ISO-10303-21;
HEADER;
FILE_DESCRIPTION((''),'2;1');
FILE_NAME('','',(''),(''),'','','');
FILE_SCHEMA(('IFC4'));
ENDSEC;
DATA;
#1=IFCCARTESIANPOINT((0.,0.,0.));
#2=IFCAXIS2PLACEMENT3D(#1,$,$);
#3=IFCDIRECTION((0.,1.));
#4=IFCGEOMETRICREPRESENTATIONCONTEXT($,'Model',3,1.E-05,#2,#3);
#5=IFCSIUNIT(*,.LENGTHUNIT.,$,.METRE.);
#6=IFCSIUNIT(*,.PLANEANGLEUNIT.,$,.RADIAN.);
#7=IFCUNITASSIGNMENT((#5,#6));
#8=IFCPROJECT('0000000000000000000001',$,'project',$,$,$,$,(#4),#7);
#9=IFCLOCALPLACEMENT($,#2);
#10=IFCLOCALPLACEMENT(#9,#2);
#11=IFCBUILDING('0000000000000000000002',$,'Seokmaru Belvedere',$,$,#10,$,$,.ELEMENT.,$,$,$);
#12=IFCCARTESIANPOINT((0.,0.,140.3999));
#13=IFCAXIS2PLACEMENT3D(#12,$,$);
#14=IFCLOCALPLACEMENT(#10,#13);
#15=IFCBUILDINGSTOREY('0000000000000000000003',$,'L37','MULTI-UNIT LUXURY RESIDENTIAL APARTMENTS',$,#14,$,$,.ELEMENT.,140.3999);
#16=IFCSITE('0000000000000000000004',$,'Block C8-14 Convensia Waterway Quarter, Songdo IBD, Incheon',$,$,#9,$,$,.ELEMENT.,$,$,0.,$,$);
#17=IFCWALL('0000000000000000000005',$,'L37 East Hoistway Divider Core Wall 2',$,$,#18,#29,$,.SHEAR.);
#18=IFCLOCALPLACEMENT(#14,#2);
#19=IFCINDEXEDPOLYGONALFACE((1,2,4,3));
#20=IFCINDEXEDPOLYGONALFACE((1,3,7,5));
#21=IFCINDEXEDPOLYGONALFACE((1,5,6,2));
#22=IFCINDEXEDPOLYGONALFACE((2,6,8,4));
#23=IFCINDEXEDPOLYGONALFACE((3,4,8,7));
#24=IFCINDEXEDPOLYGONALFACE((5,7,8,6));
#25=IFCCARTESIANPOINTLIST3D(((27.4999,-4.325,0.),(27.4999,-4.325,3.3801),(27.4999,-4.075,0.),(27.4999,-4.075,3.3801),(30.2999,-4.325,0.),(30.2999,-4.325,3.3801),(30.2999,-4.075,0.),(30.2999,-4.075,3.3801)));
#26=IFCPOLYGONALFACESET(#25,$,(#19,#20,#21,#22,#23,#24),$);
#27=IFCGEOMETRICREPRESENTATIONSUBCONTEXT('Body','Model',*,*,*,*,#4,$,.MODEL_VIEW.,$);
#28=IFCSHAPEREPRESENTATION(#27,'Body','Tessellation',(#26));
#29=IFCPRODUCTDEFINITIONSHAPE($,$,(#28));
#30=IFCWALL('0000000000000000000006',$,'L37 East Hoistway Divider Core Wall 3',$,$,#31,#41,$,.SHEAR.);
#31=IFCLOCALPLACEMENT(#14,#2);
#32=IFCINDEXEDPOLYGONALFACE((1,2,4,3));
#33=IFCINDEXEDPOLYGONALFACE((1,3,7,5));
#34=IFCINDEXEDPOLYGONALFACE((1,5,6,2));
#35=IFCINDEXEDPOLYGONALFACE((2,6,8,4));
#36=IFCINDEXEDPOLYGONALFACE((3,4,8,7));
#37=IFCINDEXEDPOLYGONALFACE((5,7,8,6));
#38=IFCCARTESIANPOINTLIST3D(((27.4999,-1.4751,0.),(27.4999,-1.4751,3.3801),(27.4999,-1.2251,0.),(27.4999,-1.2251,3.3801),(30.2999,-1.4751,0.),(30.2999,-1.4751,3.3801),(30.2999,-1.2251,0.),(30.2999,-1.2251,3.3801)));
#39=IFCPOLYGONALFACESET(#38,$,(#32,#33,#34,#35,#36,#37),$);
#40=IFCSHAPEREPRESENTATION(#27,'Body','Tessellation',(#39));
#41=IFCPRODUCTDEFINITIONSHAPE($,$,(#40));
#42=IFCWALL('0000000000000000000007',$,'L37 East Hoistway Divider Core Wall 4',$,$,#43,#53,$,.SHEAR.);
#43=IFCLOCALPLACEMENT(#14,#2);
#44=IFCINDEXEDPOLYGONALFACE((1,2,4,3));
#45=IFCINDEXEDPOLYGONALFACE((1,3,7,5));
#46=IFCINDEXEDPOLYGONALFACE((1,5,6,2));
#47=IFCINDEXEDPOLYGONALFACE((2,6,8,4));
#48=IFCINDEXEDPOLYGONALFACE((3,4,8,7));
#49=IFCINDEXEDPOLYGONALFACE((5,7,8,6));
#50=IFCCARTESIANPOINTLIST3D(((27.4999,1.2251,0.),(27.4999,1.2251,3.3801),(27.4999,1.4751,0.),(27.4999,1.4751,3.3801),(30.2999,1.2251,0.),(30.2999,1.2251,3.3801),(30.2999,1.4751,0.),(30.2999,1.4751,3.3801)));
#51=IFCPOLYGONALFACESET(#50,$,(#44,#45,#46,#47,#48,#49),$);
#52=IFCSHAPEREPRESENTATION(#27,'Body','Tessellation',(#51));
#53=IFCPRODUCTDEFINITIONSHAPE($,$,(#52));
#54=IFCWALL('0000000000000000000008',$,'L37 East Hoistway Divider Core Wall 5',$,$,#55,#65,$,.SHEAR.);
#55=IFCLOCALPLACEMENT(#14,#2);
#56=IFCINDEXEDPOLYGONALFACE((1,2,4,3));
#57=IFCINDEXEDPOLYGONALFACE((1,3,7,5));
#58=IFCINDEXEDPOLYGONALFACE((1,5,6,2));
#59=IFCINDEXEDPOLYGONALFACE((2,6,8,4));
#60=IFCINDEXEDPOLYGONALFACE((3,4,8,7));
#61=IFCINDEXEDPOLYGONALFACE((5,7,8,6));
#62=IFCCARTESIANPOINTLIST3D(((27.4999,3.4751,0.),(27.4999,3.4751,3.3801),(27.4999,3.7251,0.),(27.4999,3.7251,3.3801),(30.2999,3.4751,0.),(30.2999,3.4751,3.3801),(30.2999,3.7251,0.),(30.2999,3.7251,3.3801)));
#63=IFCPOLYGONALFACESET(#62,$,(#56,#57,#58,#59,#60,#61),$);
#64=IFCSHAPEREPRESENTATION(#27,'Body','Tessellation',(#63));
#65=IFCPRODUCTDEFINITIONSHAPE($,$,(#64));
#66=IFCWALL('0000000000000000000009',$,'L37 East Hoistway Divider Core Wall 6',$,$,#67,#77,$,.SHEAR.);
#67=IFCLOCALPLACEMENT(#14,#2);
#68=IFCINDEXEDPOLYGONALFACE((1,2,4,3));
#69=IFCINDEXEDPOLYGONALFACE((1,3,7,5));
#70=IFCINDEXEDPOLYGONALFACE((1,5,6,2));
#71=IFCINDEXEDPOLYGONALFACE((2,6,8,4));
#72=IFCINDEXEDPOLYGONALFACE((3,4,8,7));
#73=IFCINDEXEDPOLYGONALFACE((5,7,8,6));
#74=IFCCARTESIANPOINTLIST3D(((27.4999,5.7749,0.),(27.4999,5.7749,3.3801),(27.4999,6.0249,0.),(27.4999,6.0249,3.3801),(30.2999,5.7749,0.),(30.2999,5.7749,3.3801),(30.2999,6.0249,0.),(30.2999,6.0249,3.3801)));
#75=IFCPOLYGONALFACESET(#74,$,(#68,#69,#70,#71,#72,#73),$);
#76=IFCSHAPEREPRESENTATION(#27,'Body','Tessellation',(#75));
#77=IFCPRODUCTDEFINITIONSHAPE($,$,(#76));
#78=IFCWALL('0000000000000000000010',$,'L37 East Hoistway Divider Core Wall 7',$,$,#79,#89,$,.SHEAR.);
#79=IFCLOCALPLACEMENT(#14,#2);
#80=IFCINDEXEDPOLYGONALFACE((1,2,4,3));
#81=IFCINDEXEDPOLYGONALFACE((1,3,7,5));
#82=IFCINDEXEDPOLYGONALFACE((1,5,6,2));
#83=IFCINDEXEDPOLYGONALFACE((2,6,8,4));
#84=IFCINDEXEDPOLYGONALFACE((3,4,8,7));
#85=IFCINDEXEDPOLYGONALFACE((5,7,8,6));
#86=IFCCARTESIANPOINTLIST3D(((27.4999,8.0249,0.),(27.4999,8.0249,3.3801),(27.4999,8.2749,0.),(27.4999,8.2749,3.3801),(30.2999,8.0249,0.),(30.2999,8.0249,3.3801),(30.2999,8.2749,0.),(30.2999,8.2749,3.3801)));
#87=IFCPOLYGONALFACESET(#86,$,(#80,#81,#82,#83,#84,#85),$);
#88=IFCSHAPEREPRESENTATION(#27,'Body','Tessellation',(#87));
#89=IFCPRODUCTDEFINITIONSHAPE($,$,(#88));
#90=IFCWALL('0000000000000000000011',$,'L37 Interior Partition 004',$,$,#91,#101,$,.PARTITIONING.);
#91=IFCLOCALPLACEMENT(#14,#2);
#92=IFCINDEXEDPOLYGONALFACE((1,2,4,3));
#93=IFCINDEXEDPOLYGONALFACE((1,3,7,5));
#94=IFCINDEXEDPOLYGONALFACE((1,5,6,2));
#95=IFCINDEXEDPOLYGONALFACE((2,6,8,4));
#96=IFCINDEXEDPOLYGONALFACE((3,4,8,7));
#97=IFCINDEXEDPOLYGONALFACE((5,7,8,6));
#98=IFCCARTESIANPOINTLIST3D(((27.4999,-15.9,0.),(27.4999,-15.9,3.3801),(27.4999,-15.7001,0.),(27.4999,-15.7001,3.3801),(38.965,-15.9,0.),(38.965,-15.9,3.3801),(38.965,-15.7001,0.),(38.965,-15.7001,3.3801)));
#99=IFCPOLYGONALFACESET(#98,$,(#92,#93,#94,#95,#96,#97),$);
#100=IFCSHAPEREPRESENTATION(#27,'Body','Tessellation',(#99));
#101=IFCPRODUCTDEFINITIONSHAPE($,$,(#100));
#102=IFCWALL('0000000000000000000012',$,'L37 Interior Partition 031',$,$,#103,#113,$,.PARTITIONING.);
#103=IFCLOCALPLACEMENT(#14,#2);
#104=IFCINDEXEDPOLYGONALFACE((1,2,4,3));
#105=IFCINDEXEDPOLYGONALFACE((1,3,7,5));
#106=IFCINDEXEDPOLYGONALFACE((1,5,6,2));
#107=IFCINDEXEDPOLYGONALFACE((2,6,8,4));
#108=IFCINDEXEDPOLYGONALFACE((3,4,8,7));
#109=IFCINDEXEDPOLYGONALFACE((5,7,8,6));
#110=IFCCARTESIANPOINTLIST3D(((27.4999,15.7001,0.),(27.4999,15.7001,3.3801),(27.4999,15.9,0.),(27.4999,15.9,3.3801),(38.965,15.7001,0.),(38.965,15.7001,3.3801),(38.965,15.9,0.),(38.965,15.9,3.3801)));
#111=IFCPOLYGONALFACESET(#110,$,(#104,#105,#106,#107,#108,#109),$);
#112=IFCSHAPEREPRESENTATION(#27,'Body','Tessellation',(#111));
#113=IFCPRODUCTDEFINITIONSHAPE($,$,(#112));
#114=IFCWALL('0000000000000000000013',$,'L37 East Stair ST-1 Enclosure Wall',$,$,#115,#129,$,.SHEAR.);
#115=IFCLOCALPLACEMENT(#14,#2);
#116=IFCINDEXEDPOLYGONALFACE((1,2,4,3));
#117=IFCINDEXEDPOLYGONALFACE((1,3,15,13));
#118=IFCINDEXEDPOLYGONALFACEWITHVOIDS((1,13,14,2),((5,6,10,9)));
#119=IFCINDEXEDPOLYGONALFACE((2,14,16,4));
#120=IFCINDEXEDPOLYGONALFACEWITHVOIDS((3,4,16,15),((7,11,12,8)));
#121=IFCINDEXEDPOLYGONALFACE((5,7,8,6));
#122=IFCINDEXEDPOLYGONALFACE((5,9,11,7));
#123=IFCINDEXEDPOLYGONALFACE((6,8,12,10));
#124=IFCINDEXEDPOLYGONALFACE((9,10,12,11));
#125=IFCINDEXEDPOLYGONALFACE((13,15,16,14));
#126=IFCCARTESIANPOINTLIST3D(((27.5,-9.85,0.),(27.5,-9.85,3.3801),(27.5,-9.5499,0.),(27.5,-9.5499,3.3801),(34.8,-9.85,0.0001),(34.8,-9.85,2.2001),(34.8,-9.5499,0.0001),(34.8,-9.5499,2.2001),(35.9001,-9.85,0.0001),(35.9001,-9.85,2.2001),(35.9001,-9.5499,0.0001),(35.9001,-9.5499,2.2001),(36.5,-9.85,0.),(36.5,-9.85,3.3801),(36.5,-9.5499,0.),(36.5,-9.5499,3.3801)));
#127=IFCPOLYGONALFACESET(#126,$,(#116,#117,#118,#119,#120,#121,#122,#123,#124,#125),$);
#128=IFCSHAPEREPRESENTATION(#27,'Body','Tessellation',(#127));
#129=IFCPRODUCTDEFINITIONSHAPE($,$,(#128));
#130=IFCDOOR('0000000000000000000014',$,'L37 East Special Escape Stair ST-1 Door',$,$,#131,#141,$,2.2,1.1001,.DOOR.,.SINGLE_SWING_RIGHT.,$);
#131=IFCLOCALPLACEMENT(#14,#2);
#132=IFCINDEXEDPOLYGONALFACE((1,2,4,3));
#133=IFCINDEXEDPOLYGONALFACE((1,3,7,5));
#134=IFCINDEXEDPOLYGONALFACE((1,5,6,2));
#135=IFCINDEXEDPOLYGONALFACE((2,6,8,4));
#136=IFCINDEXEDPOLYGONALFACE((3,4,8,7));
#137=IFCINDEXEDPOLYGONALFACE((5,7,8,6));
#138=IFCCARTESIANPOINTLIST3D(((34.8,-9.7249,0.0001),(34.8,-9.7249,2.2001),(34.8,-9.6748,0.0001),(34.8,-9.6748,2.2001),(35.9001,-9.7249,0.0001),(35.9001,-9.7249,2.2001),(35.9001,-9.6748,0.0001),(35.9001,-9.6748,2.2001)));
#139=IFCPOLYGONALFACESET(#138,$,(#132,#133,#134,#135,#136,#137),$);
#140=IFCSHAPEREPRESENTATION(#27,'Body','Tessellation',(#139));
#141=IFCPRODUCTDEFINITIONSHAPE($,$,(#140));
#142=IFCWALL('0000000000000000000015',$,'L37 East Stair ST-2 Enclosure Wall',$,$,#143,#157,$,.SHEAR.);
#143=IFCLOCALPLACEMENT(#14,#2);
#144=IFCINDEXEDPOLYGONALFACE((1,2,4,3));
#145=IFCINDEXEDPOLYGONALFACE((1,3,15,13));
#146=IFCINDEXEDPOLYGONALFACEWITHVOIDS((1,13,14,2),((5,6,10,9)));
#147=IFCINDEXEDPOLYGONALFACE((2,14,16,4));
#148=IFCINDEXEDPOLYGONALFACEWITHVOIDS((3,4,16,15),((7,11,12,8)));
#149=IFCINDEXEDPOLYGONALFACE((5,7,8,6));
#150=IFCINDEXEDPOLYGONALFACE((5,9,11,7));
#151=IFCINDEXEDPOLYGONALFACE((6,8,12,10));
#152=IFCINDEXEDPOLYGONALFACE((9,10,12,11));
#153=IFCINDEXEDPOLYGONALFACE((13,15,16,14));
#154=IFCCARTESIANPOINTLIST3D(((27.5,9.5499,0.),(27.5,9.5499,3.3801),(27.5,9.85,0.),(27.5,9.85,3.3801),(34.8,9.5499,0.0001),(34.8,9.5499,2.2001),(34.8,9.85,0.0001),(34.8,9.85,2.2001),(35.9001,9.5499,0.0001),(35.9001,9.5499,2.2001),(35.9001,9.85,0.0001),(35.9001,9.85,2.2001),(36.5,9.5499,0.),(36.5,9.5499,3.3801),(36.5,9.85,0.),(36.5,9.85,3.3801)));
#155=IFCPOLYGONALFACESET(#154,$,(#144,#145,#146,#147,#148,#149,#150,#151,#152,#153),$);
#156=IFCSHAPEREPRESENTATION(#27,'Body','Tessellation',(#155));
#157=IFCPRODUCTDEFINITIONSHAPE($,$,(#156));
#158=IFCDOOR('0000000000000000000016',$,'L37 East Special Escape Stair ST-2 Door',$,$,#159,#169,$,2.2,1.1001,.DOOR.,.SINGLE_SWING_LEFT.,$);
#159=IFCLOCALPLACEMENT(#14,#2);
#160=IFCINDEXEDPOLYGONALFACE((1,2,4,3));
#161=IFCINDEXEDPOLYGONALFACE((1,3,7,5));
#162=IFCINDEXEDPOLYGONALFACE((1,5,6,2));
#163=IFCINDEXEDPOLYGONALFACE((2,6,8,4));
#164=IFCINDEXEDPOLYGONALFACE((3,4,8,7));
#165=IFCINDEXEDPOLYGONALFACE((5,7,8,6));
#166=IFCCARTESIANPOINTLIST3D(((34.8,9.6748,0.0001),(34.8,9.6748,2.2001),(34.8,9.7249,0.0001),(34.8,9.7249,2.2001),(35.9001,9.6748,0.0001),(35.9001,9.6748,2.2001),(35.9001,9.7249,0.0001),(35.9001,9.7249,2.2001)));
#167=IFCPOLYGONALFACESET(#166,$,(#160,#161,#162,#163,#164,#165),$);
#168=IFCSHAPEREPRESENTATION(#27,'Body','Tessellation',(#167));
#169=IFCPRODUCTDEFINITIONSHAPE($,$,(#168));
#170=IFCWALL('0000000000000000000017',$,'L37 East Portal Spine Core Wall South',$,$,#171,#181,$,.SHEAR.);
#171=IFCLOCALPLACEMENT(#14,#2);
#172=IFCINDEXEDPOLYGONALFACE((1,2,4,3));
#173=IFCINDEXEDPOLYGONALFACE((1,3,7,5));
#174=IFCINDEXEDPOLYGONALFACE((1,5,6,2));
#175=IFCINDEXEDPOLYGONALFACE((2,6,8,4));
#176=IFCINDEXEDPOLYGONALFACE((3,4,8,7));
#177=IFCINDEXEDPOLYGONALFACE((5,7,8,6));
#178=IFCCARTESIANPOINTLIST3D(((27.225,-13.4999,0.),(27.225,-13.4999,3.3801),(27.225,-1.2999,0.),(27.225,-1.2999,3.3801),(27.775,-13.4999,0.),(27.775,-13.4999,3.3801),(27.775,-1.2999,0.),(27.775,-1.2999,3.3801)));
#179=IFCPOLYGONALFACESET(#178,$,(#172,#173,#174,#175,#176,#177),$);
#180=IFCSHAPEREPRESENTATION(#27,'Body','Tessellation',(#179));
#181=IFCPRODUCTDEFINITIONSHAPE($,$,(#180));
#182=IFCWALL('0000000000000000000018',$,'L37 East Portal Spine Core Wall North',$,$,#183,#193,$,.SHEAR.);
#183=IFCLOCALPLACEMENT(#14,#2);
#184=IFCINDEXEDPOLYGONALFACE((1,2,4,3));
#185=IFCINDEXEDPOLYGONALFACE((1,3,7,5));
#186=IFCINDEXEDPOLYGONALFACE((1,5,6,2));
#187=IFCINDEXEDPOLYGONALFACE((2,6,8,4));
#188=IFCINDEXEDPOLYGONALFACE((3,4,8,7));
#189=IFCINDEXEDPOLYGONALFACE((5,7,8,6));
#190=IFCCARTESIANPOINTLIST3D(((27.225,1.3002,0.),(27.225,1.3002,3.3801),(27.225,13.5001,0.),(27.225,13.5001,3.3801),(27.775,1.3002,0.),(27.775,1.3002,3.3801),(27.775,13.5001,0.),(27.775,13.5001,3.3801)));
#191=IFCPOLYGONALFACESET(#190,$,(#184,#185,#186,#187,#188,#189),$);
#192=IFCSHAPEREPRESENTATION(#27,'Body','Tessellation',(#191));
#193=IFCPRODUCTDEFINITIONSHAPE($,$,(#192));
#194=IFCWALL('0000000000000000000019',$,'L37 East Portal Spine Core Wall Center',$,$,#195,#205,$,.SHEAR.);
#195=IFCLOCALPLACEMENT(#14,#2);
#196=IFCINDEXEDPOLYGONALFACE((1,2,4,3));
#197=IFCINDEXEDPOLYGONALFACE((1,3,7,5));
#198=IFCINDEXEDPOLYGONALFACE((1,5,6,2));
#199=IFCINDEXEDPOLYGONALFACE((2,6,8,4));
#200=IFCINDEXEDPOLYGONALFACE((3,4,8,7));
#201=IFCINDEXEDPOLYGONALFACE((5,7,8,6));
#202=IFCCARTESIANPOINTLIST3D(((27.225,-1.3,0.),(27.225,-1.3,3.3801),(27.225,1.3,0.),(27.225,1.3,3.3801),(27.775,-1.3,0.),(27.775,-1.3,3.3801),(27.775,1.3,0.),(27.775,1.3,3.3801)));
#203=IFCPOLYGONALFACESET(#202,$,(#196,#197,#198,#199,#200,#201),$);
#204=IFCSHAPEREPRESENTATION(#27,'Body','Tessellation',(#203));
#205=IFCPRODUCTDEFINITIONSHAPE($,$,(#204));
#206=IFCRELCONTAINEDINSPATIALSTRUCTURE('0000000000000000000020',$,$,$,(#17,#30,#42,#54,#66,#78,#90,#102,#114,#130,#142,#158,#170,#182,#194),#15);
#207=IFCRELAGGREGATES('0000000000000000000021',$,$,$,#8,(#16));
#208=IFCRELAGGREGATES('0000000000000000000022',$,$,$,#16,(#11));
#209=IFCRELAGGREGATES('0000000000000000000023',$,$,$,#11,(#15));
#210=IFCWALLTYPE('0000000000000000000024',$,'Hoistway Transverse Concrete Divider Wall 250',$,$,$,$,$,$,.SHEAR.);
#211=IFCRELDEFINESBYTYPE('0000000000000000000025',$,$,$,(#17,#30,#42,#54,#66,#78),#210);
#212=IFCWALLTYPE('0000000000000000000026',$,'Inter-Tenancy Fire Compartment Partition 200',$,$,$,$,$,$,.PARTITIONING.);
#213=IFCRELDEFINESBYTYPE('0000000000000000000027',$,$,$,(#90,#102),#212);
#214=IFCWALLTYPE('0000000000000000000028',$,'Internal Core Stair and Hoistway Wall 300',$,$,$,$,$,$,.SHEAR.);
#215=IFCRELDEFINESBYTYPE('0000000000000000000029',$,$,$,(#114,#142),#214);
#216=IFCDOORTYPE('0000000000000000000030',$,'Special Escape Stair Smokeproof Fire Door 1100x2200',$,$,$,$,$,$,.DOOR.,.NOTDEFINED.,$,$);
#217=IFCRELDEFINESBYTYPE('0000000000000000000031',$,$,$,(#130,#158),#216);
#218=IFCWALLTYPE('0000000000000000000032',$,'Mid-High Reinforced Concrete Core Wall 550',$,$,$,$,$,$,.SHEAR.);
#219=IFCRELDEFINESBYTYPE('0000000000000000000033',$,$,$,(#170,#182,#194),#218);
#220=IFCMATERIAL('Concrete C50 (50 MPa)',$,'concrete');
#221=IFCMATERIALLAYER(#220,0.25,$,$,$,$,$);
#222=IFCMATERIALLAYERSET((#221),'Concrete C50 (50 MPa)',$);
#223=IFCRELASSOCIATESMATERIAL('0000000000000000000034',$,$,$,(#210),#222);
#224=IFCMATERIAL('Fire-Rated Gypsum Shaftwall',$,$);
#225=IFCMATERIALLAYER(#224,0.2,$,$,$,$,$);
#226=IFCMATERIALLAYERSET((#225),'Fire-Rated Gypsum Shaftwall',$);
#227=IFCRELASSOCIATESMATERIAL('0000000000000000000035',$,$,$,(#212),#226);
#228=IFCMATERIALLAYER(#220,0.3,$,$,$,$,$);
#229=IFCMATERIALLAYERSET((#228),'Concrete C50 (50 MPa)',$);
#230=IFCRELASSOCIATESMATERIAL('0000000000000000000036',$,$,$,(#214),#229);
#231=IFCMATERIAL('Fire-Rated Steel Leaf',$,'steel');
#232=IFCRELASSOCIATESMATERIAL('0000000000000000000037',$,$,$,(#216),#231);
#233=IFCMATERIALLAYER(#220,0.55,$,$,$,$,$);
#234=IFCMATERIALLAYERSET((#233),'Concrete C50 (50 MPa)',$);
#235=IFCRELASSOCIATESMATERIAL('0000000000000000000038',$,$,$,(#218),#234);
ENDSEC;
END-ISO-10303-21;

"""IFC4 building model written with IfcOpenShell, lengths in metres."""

from ifc_helpers import new_model, si_unit, direction, frame, frame_2d, origin, place, context, subcontext, project, spatial, rectangle, extrude, source, transform, mapped, material, layer, layer_set, type_object, type_shapes, element, fill, save


model = new_model("IFC4")

# Units and contexts
model_context = context("Model", 3, precision=1e-05, world=origin(), true_north=direction((0.0, 1.0)))
body_context = subcontext(model_context, "Body", "Model", "MODEL_VIEW")
ifc_project = project(units=[si_unit("LENGTHUNIT", "METRE"), si_unit("PLANEANGLEUNIT", "RADIAN")], contexts=[model_context])

# Site, building, storey
site_placement = place(None, origin())
site = spatial("IfcSite", under=ifc_project, at=site_placement, Name="Block C8-14 Convensia Waterway Quarter, Songdo IBD, Incheon", CompositionType="ELEMENT", RefElevation=0.0)
building_placement = place(site_placement, origin())
building = spatial("IfcBuilding", under=site, at=building_placement, Name="Seokmaru Belvedere", CompositionType="ELEMENT")
storey_placement = place(building_placement, frame((0.0, 0.0, 140.3999)))
storey = spatial("IfcBuildingStorey", under=building, at=storey_placement, Name="L37", Description="MULTI-UNIT LUXURY RESIDENTIAL APARTMENTS", CompositionType="ELEMENT", Elevation=140.3999)

# Walls
ifc_material_1 = material(Name="Concrete C50 (50 MPa)", Category="concrete")
ifc_layer_1 = layer(ifc_material_1, 0.25)
ifc_layer_set_1 = layer_set([ifc_layer_1], Name="Concrete C50 (50 MPa)")
wall_type_1 = type_object("IfcWallType", Name="Hoistway Transverse Concrete Divider Wall 250", PredefinedType="SHEAR", material=ifc_layer_set_1)
for number, where, z_axis, x_axis, name in (
    (1, (27.5, -4.2, 0.0), (0.0, 0.0, 1.0), (1.0, 0.0, 0.0), "L37 East Hoistway Divider Core Wall 2"),
    (2, (27.5, -1.3501, 0.0), (0.0, 0.0, 1.0), (1.0, 0.0, 0.0), "L37 East Hoistway Divider Core Wall 3"),
    (3, (27.5, 1.3501, 0.0), (0.0, 0.0, 1.0), (1.0, 0.0, 0.0), "L37 East Hoistway Divider Core Wall 4"),
    (4, (27.5, 3.6001, 0.0), (0.0, 0.0, 1.0), (1.0, 0.0, 0.0), "L37 East Hoistway Divider Core Wall 5"),
    (5, (27.5, 5.8999, 0.0), (0.0, 0.0, 1.0), (1.0, 0.0, 0.0), "L37 East Hoistway Divider Core Wall 6"),
    (6, (27.5, 8.1499, 0.0), (0.0, 0.0, 1.0), (1.0, 0.0, 0.0), "L37 East Hoistway Divider Core Wall 7"),
):
    element("IfcWall", number, at=place(storey_placement, frame(where, z_axis=z_axis, x_axis=x_axis)), inside=storey, type_object=wall_type_1, Name=name, PredefinedType="SHEAR", context=body_context, shape_type="SweptSolid", body=[
        extrude(rectangle(XDim=2.8, YDim=0.25, at=frame_2d((1.3999, 0.0))), origin(), (0.0, 0.0, 1.0), 3.3801),
    ])
ifc_material_2 = material(Name="Fire-Rated Gypsum Shaftwall")
ifc_layer_2 = layer(ifc_material_2, 0.2)
ifc_layer_set_2 = layer_set([ifc_layer_2], Name="Fire-Rated Gypsum Shaftwall")
wall_type_2 = type_object("IfcWallType", Name="Inter-Tenancy Fire Compartment Partition 200", PredefinedType="PARTITIONING", material=ifc_layer_set_2)
for number, where, z_axis, x_axis, name in (
    (7, (27.5, -15.8, 0.0), (0.0, 0.0, 1.0), (1.0, 0.0, 0.0), "L37 Interior Partition 004"),
    (8, (27.5, 15.8, 0.0), (0.0, 0.0, 1.0), (1.0, 0.0, 0.0), "L37 Interior Partition 031"),
):
    element("IfcWall", number, at=place(storey_placement, frame(where, z_axis=z_axis, x_axis=x_axis)), inside=storey, type_object=wall_type_2, Name=name, PredefinedType="PARTITIONING", context=body_context, shape_type="SweptSolid", body=[
        extrude(rectangle(XDim=11.4651, YDim=0.2, at=frame_2d((5.7324, 0.0))), origin(), (0.0, 0.0, 1.0), 3.3801),
    ])

# Walls, openings, doors
ifc_layer_3 = layer(ifc_material_1, 0.3)
ifc_layer_set_3 = layer_set([ifc_layer_3], Name="Concrete C50 (50 MPa)")
wall_type_3 = type_object("IfcWallType", Name="Internal Core Stair and Hoistway Wall 300", PredefinedType="SHEAR", material=ifc_layer_set_3)
wall_1_placement = place(storey_placement, frame((27.5, -9.7, 0.0), z_axis=(0.0, 0.0, 1.0), x_axis=(1.0, 0.0, 0.0)))
wall_1 = element("IfcWall", 9, at=wall_1_placement, inside=storey, type_object=wall_type_3, Name="L37 East Stair ST-1 Enclosure Wall", PredefinedType="SHEAR", context=body_context, shape_type="SweptSolid", body=[
    extrude(rectangle(XDim=9.0, YDim=0.3, at=frame_2d((4.5, 0.0))), origin(), (0.0, 0.0, 1.0), 3.3801),
])
opening_1_placement = place(wall_1_placement, frame((7.3, 0.0, 0.0)))
opening_1 = element("IfcOpeningElement", 10, at=opening_1_placement, cuts=wall_1, PredefinedType="OPENING", context=body_context, shape_type="SweptSolid", body=[
    extrude(rectangle(XDim=1.1001, YDim=2.2, at=frame_2d((0.55, 1.1001))), frame((0.0, 0.1602, 0.0), z_axis=(0.0, -1.0, 0.0), x_axis=(1.0, 0.0, 0.0)), (0.0, 0.0, 1.0), 0.3201),
])
ifc_material_3 = material(Name="Fire-Rated Steel Leaf", Category="steel")
door_type = type_object("IfcDoorType", Name="Special Escape Stair Smokeproof Fire Door 1100x2200", OperationType="NOTDEFINED", PredefinedType="DOOR", material=ifc_material_3)
shared_shape_1 = source(origin(), body_context, "Body", "SweptSolid", [
    extrude(rectangle(XDim=1.1001, YDim=2.2, at=frame_2d((0.55, 1.1001))), frame((0.0, 0.0249, 0.0), z_axis=(0.0, -1.0, 0.0), x_axis=(1.0, 0.0, 0.0)), (0.0, 0.0, 1.0), 0.05),
])
type_shapes(door_type, [shared_shape_1])
door_1_placement = place(opening_1_placement, frame((1.1001, 0.0, 0.0), z_axis=(0.0, 0.0, 1.0), x_axis=(-1.0, 0.0, 0.0)))
door_1 = element("IfcDoor", 11, at=door_1_placement, inside=storey, type_object=door_type, Name="L37 East Special Escape Stair ST-1 Door", OperationType="SINGLE_SWING_RIGHT", OverallHeight=2.2, OverallWidth=1.1001, PredefinedType="DOOR", context=body_context, shape_type="MappedRepresentation", body=[
    mapped(shared_shape_1, transform((0.0, 0.0, 0.0), scale=1.0)),
])
fill(opening_1, door_1)
wall_2_placement = place(storey_placement, frame((27.5, 9.7, 0.0), z_axis=(0.0, 0.0, 1.0), x_axis=(1.0, 0.0, 0.0)))
wall_2 = element("IfcWall", 12, at=wall_2_placement, inside=storey, type_object=wall_type_3, Name="L37 East Stair ST-2 Enclosure Wall", PredefinedType="SHEAR", context=body_context, shape_type="SweptSolid", body=[
    extrude(rectangle(XDim=9.0, YDim=0.3, at=frame_2d((4.5, 0.0))), origin(), (0.0, 0.0, 1.0), 3.3801),
])
opening_2_placement = place(wall_2_placement, frame((7.3, 0.0, 0.0)))
opening_2 = element("IfcOpeningElement", 13, at=opening_2_placement, cuts=wall_2, PredefinedType="OPENING", context=body_context, shape_type="SweptSolid", body=[
    extrude(rectangle(XDim=1.1001, YDim=2.2, at=frame_2d((0.55, 1.1001))), frame((0.0, 0.1602, 0.0), z_axis=(0.0, -1.0, 0.0), x_axis=(1.0, 0.0, 0.0)), (0.0, 0.0, 1.0), 0.3201),
])
door_2_placement = place(opening_2_placement, origin())
door_2 = element("IfcDoor", 14, at=door_2_placement, inside=storey, type_object=door_type, Name="L37 East Special Escape Stair ST-2 Door", OperationType="SINGLE_SWING_LEFT", OverallHeight=2.2, OverallWidth=1.1001, PredefinedType="DOOR", context=body_context, shape_type="MappedRepresentation", body=[
    mapped(shared_shape_1, transform((0.0, 0.0, 0.0), scale=1.0)),
])
fill(opening_2, door_2)

# Walls
ifc_layer_4 = layer(ifc_material_1, 0.55)
ifc_layer_set_4 = layer_set([ifc_layer_4], Name="Concrete C50 (50 MPa)")
wall_type_4 = type_object("IfcWallType", Name="Mid-High Reinforced Concrete Core Wall 550", PredefinedType="SHEAR", material=ifc_layer_set_4)
for number, where, z_axis, x_axis, name in (
    (15, (27.5, -13.5, 0.0), (0.0, 0.0, 1.0), (0.0, 1.0, 0.0), "L37 East Portal Spine Core Wall South"),
    (16, (27.5, 1.3, 0.0), (0.0, 0.0, 1.0), (0.0, 1.0, 0.0), "L37 East Portal Spine Core Wall North"),
):
    element("IfcWall", number, at=place(storey_placement, frame(where, z_axis=z_axis, x_axis=x_axis)), inside=storey, type_object=wall_type_4, Name=name, PredefinedType="SHEAR", context=body_context, shape_type="SweptSolid", body=[
        extrude(rectangle(XDim=12.2, YDim=0.55, at=frame_2d((6.1001, 0.0))), origin(), (0.0, 0.0, 1.0), 3.3801),
    ])
wall_3_placement = place(storey_placement, frame((27.5, -1.3, 0.0), z_axis=(0.0, 0.0, 1.0), x_axis=(0.0, 1.0, 0.0)))
element("IfcWall", 17, at=wall_3_placement, inside=storey, type_object=wall_type_4, Name="L37 East Portal Spine Core Wall Center", PredefinedType="SHEAR", context=body_context, shape_type="SweptSolid", body=[
    extrude(rectangle(XDim=2.6001, YDim=0.55, at=frame_2d((1.3, 0.0))), origin(), (0.0, 0.0, 1.0), 3.3801),
])

save(model, "model.ifc")
